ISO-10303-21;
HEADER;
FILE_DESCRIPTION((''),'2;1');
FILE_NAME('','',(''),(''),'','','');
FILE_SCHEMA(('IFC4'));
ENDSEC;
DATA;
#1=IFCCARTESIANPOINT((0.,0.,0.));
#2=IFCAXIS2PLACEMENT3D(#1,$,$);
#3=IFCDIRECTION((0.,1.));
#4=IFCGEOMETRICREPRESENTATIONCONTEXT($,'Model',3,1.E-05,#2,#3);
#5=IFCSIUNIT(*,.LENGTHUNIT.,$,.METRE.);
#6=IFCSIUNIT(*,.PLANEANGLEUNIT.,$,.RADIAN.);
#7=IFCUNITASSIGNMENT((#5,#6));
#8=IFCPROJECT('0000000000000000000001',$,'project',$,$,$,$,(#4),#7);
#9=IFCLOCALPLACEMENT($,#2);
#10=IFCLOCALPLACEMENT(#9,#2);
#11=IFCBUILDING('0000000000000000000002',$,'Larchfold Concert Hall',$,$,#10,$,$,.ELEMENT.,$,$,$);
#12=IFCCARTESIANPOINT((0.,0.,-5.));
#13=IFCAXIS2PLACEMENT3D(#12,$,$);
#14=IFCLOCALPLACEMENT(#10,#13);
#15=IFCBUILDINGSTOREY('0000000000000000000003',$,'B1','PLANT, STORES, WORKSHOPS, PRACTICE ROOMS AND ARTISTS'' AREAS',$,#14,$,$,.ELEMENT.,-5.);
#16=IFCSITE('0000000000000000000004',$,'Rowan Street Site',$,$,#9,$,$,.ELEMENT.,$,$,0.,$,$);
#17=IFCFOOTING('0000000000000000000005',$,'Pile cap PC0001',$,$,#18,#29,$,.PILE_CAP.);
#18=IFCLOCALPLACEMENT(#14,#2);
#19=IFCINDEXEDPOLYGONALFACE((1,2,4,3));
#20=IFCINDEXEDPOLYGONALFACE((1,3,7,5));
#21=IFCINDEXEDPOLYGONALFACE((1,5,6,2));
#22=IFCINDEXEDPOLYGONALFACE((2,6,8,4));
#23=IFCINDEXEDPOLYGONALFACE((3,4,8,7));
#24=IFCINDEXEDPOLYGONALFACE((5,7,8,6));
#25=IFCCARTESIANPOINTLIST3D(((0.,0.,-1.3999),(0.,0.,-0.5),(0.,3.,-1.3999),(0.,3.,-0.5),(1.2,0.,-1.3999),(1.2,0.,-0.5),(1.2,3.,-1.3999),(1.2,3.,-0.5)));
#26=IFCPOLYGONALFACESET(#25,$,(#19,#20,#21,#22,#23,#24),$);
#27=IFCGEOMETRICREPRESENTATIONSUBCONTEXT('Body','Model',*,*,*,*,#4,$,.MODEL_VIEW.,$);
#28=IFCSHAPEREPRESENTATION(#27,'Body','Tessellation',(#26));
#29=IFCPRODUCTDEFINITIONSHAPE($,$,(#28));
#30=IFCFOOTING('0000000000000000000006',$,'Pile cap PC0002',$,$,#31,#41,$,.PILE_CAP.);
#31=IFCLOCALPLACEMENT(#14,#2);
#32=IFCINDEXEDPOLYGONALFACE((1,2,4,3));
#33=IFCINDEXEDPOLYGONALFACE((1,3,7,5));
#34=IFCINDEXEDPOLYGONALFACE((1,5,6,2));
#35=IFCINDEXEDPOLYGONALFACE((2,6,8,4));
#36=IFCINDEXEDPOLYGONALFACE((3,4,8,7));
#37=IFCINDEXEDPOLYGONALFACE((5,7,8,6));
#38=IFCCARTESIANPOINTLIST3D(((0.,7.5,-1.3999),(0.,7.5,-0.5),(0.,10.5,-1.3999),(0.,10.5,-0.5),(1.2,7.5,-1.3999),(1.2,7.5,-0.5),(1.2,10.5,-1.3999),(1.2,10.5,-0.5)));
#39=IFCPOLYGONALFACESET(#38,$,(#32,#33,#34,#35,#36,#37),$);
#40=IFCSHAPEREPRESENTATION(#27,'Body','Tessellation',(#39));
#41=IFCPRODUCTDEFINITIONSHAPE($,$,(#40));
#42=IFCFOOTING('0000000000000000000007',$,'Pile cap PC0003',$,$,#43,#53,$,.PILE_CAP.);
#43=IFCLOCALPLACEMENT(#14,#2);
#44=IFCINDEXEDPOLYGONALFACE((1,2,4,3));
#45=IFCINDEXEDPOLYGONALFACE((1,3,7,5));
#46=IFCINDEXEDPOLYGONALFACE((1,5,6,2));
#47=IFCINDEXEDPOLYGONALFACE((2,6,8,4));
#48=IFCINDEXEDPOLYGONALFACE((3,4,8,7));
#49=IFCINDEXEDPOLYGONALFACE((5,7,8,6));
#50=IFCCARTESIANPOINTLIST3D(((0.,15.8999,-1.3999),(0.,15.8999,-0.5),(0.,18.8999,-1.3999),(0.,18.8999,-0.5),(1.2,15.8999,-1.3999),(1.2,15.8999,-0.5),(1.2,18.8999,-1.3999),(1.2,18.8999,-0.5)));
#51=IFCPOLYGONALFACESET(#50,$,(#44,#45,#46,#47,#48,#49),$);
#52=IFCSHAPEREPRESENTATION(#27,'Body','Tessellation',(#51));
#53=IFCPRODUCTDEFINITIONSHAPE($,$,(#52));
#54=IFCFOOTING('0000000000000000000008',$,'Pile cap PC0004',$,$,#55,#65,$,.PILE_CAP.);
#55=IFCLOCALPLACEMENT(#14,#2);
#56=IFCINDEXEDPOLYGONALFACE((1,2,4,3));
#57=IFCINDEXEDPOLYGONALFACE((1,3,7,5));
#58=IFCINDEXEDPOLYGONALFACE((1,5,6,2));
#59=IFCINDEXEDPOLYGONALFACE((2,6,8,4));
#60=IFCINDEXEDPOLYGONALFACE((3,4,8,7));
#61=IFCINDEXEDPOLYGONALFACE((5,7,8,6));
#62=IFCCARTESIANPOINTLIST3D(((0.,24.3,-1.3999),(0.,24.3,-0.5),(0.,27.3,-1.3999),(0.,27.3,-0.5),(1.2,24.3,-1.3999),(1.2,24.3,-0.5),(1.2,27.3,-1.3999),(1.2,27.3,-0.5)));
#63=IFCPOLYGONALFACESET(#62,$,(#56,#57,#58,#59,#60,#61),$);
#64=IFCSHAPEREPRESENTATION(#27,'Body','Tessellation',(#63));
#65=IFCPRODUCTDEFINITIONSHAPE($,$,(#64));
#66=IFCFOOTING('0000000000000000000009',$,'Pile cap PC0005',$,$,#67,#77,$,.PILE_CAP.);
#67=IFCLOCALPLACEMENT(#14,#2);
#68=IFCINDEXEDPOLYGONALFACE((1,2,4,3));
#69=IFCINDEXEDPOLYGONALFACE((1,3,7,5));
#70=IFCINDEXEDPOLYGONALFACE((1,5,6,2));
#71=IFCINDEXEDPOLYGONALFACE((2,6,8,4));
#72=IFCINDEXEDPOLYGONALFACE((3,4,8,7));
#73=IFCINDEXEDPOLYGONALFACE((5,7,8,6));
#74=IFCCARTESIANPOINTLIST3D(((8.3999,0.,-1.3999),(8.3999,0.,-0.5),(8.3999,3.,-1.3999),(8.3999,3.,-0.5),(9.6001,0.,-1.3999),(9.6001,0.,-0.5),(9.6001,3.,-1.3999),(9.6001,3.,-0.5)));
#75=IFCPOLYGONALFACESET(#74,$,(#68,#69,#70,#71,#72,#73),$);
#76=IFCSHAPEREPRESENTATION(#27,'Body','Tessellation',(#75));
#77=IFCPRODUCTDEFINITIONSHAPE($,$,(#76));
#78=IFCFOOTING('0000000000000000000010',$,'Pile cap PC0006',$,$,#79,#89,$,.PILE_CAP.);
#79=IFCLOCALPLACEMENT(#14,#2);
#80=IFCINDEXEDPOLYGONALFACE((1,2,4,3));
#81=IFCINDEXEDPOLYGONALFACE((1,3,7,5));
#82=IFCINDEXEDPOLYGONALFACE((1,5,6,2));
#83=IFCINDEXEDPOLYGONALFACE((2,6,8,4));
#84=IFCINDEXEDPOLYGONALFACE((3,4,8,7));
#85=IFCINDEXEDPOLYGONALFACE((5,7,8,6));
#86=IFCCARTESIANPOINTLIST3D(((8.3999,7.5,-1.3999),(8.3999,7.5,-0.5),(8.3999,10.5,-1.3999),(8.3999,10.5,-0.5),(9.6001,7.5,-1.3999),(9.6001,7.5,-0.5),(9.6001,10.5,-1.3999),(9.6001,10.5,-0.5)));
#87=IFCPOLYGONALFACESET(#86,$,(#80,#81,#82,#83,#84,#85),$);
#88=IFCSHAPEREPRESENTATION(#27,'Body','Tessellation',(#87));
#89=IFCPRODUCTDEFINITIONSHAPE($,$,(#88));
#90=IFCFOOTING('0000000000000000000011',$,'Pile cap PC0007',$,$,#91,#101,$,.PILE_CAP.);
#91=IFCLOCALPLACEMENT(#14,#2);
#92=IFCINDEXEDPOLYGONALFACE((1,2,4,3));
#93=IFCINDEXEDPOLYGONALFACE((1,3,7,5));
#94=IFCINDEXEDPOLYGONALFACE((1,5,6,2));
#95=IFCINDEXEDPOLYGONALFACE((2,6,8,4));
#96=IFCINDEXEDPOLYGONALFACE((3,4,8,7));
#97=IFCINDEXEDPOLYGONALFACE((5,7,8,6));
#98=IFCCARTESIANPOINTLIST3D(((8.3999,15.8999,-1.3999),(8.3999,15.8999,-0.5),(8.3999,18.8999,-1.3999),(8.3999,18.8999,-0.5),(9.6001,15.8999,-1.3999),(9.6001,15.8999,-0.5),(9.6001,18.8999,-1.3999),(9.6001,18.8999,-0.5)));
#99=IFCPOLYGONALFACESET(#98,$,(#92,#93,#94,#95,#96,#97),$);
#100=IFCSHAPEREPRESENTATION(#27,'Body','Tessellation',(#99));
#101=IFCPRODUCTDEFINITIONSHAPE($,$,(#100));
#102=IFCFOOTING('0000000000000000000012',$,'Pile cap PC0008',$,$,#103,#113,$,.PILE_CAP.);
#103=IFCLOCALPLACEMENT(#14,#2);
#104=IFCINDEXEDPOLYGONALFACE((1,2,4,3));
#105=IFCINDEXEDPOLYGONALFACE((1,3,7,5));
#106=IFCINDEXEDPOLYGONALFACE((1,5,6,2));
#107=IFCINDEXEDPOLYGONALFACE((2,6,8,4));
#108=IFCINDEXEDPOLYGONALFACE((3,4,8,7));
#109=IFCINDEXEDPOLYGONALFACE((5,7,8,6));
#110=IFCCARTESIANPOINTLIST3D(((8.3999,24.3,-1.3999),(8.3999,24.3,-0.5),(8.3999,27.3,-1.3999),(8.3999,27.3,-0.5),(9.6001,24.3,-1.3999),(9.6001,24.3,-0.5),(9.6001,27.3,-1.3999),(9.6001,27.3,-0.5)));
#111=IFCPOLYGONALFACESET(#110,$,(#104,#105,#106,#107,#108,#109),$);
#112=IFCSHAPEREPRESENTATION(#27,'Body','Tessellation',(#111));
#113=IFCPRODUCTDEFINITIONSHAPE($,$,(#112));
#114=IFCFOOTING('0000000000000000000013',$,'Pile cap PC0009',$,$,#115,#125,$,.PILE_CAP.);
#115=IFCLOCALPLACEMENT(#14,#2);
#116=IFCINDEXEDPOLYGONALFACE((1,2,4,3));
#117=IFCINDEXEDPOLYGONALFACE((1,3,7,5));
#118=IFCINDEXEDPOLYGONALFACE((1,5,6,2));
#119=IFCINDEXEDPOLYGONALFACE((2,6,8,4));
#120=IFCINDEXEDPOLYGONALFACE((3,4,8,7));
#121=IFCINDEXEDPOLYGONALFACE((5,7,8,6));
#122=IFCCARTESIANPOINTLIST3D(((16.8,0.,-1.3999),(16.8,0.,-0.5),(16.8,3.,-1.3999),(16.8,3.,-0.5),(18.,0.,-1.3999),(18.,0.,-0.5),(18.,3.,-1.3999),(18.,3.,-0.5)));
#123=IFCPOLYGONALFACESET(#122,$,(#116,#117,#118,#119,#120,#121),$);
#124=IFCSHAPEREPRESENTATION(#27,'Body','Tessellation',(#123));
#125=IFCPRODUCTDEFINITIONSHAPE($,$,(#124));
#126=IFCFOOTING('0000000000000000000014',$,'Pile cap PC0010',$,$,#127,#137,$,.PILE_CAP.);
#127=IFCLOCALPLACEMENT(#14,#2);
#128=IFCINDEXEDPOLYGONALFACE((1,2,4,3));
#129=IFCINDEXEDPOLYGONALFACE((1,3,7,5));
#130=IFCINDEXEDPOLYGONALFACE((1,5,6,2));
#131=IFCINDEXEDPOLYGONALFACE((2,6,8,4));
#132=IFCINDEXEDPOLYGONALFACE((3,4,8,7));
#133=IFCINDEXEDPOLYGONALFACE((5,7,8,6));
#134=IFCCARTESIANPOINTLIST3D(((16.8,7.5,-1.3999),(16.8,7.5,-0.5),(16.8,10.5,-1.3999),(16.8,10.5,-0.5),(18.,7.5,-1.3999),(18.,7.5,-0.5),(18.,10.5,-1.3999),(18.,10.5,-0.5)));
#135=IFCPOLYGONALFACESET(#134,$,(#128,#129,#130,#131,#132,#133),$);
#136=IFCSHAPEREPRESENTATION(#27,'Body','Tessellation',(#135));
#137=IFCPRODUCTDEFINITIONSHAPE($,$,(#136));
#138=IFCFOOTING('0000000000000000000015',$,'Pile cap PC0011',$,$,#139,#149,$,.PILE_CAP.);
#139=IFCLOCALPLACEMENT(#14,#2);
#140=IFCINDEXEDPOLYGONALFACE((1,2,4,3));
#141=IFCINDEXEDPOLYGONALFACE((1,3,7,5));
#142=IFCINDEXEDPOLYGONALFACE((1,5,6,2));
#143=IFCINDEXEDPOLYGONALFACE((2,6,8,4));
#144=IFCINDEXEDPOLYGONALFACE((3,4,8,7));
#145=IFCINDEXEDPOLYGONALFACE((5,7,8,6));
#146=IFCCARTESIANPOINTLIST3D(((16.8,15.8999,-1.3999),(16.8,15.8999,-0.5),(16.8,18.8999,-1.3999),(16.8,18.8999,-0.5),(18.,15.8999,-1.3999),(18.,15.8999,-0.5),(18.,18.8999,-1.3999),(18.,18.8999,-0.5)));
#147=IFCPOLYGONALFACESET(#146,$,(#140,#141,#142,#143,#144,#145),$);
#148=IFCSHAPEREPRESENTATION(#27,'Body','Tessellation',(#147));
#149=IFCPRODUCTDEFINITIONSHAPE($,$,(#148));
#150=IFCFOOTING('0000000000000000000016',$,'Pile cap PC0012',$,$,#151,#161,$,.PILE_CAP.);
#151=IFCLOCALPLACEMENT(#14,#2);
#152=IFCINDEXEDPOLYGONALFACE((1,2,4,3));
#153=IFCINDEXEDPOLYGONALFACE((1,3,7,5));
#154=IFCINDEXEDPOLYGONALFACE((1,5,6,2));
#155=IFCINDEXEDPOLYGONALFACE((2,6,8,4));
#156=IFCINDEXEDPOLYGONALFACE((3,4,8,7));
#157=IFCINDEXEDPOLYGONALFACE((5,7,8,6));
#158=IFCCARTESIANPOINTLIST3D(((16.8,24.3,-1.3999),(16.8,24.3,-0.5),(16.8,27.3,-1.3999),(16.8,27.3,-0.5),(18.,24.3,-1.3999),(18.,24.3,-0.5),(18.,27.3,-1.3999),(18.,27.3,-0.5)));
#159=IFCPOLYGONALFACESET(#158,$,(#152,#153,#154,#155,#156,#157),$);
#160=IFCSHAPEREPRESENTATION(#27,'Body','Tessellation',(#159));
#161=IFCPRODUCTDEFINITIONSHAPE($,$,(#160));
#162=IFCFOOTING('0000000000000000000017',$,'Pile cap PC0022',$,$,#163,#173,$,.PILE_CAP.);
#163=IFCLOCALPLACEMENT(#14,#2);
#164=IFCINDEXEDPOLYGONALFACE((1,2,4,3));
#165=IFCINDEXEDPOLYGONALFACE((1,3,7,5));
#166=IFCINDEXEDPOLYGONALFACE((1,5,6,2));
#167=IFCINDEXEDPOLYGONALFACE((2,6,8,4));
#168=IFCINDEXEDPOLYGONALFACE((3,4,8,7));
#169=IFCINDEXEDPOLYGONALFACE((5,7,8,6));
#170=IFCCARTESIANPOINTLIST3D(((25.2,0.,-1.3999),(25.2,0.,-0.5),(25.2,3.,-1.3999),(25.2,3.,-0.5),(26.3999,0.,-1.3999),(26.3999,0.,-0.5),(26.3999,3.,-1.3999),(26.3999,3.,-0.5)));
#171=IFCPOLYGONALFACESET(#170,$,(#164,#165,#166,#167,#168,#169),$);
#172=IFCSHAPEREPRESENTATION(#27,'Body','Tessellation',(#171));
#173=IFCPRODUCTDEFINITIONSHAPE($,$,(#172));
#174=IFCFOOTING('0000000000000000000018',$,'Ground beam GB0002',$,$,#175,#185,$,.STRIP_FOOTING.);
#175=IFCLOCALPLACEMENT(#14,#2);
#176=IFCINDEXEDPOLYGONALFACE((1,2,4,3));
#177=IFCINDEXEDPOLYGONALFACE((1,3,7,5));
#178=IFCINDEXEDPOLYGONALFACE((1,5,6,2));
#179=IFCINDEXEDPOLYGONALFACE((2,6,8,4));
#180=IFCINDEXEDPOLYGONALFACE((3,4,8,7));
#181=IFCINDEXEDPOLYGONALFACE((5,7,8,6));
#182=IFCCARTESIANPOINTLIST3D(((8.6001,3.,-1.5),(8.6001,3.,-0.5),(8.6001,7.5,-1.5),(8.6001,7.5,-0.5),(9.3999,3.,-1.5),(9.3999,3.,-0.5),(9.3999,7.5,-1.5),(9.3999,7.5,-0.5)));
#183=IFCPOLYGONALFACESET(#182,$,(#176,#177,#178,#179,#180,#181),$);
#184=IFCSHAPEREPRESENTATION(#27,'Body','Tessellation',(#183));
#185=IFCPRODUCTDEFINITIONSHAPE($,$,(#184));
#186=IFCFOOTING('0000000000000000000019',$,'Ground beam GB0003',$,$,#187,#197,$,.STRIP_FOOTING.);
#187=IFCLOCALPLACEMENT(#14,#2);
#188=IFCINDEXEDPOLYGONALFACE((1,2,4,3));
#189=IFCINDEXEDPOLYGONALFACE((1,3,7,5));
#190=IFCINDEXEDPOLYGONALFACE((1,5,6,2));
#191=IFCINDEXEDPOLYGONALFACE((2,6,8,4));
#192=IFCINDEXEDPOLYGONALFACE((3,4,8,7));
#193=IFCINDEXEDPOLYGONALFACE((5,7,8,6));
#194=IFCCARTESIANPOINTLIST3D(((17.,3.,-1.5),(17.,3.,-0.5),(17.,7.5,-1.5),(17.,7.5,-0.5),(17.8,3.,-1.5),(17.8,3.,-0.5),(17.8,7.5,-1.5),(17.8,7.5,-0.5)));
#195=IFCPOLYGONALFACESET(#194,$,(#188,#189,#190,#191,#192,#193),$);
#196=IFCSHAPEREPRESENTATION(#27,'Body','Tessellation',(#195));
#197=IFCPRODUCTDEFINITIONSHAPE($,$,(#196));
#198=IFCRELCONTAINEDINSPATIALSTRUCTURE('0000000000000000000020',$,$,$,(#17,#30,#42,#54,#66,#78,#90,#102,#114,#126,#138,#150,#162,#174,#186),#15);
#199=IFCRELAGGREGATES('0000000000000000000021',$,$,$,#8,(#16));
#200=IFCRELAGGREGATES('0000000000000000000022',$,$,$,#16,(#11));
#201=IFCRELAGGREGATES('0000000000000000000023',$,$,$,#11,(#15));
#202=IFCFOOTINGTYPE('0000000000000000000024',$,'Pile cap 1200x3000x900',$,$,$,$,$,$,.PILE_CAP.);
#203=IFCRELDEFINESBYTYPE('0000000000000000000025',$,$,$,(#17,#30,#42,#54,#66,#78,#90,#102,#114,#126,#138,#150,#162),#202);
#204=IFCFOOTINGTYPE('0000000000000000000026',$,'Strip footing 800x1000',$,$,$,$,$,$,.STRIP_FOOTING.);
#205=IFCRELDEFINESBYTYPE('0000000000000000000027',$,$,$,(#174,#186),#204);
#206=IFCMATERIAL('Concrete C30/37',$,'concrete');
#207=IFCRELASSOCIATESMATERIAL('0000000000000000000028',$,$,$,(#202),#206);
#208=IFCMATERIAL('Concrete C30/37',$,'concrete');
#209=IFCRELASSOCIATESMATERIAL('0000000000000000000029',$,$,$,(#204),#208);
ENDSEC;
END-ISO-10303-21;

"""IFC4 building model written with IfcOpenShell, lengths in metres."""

from ifc_helpers import new_model, si_unit, direction, frame, origin, place, context, subcontext, project, spatial, polyline, outline, extrude, material, type_object, element, save


model = new_model("IFC4")

# Units and contexts
model_context = context("Model", 3, precision=1e-05, world=origin(), true_north=direction((0.0, 1.0)))
body_context = subcontext(model_context, "Body", "Model", "MODEL_VIEW")
ifc_project = project(units=[si_unit("LENGTHUNIT", "METRE"), si_unit("PLANEANGLEUNIT", "RADIAN")], contexts=[model_context])

# Site, building, storey
site_placement = place(None, origin())
site = spatial("IfcSite", under=ifc_project, at=site_placement, Name="Rowan Street Site", CompositionType="ELEMENT", RefElevation=0.0)
building_placement = place(site_placement, origin())
building = spatial("IfcBuilding", under=site, at=building_placement, Name="Larchfold Concert Hall", CompositionType="ELEMENT")
storey_placement = place(building_placement, frame((0.0, 0.0, -5.0)))
storey = spatial("IfcBuildingStorey", under=building, at=storey_placement, Name="B1", Description="PLANT, STORES, WORKSHOPS, PRACTICE ROOMS AND ARTISTS' AREAS", CompositionType="ELEMENT", Elevation=-5.0)

# Footings
ifc_material_1 = material(Name="Concrete C30/37", Category="concrete")
footing_type_1 = type_object("IfcFootingType", Name="Pile cap 1200x3000x900", PredefinedType="PILE_CAP", material=ifc_material_1)
footing_1_placement = place(storey_placement, frame((0.0, 0.0, -1.3999)))
element("IfcFooting", 1, at=footing_1_placement, inside=storey, type_object=footing_type_1, Name="Pile cap PC0001", PredefinedType="PILE_CAP", context=body_context, shape_type="SweptSolid", body=[
    extrude(outline(polyline([(1.2, 0.0), (1.2, 3.0), (0.0, 3.0), (0.0, 0.0), (1.2, 0.0)])), origin(), (0.0, 0.0, 1.0), 0.8999),
])
footing_2_placement = place(storey_placement, frame((0.0, 0.0, -1.3999)))
element("IfcFooting", 2, at=footing_2_placement, inside=storey, type_object=footing_type_1, Name="Pile cap PC0002", PredefinedType="PILE_CAP", context=body_context, shape_type="SweptSolid", body=[
    extrude(outline(polyline([(1.2, 7.5), (1.2, 10.5), (0.0, 10.5), (0.0, 7.5), (1.2, 7.5)])), origin(), (0.0, 0.0, 1.0), 0.8999),
])
footing_3_placement = place(storey_placement, frame((0.0, 0.0, -1.3999)))
element("IfcFooting", 3, at=footing_3_placement, inside=storey, type_object=footing_type_1, Name="Pile cap PC0003", PredefinedType="PILE_CAP", context=body_context, shape_type="SweptSolid", body=[
    extrude(outline(polyline([(1.2, 15.8999), (1.2, 18.8999), (0.0, 18.8999), (0.0, 15.8999), (1.2, 15.8999)])), origin(), (0.0, 0.0, 1.0), 0.8999),
])
footing_4_placement = place(storey_placement, frame((0.0, 0.0, -1.3999)))
element("IfcFooting", 4, at=footing_4_placement, inside=storey, type_object=footing_type_1, Name="Pile cap PC0004", PredefinedType="PILE_CAP", context=body_context, shape_type="SweptSolid", body=[
    extrude(outline(polyline([(1.2, 24.3), (1.2, 27.3), (0.0, 27.3), (0.0, 24.3), (1.2, 24.3)])), origin(), (0.0, 0.0, 1.0), 0.8999),
])
footing_5_placement = place(storey_placement, frame((0.0, 0.0, -1.3999)))
element("IfcFooting", 5, at=footing_5_placement, inside=storey, type_object=footing_type_1, Name="Pile cap PC0005", PredefinedType="PILE_CAP", context=body_context, shape_type="SweptSolid", body=[
    extrude(outline(polyline([(9.6001, 0.0), (9.6001, 3.0), (8.3999, 3.0), (8.3999, 0.0), (9.6001, 0.0)])), origin(), (0.0, 0.0, 1.0), 0.8999),
])
footing_6_placement = place(storey_placement, frame((0.0, 0.0, -1.3999)))
element("IfcFooting", 6, at=footing_6_placement, inside=storey, type_object=footing_type_1, Name="Pile cap PC0006", PredefinedType="PILE_CAP", context=body_context, shape_type="SweptSolid", body=[
    extrude(outline(polyline([(9.6001, 7.5), (9.6001, 10.5), (8.3999, 10.5), (8.3999, 7.5), (9.6001, 7.5)])), origin(), (0.0, 0.0, 1.0), 0.8999),
])
footing_7_placement = place(storey_placement, frame((0.0, 0.0, -1.3999)))
element("IfcFooting", 7, at=footing_7_placement, inside=storey, type_object=footing_type_1, Name="Pile cap PC0007", PredefinedType="PILE_CAP", context=body_context, shape_type="SweptSolid", body=[
    extrude(outline(polyline([(9.6001, 15.8999), (9.6001, 18.8999), (8.3999, 18.8999), (8.3999, 15.8999), (9.6001, 15.8999)])), origin(), (0.0, 0.0, 1.0), 0.8999),
])
footing_8_placement = place(storey_placement, frame((0.0, 0.0, -1.3999)))
element("IfcFooting", 8, at=footing_8_placement, inside=storey, type_object=footing_type_1, Name="Pile cap PC0008", PredefinedType="PILE_CAP", context=body_context, shape_type="SweptSolid", body=[
    extrude(outline(polyline([(9.6001, 24.3), (9.6001, 27.3), (8.3999, 27.3), (8.3999, 24.3), (9.6001, 24.3)])), origin(), (0.0, 0.0, 1.0), 0.8999),
])
footing_9_placement = place(storey_placement, frame((0.0, 0.0, -1.3999)))
element("IfcFooting", 9, at=footing_9_placement, inside=storey, type_object=footing_type_1, Name="Pile cap PC0009", PredefinedType="PILE_CAP", context=body_context, shape_type="SweptSolid", body=[
    extrude(outline(polyline([(18.0, 0.0), (18.0, 3.0), (16.8, 3.0), (16.8, 0.0), (18.0, 0.0)])), origin(), (0.0, 0.0, 1.0), 0.8999),
])
footing_10_placement = place(storey_placement, frame((0.0, 0.0, -1.3999)))
element("IfcFooting", 10, at=footing_10_placement, inside=storey, type_object=footing_type_1, Name="Pile cap PC0010", PredefinedType="PILE_CAP", context=body_context, shape_type="SweptSolid", body=[
    extrude(outline(polyline([(18.0, 7.5), (18.0, 10.5), (16.8, 10.5), (16.8, 7.5), (18.0, 7.5)])), origin(), (0.0, 0.0, 1.0), 0.8999),
])
footing_11_placement = place(storey_placement, frame((0.0, 0.0, -1.3999)))
element("IfcFooting", 11, at=footing_11_placement, inside=storey, type_object=footing_type_1, Name="Pile cap PC0011", PredefinedType="PILE_CAP", context=body_context, shape_type="SweptSolid", body=[
    extrude(outline(polyline([(18.0, 15.8999), (18.0, 18.8999), (16.8, 18.8999), (16.8, 15.8999), (18.0, 15.8999)])), origin(), (0.0, 0.0, 1.0), 0.8999),
])
footing_12_placement = place(storey_placement, frame((0.0, 0.0, -1.3999)))
element("IfcFooting", 12, at=footing_12_placement, inside=storey, type_object=footing_type_1, Name="Pile cap PC0012", PredefinedType="PILE_CAP", context=body_context, shape_type="SweptSolid", body=[
    extrude(outline(polyline([(18.0, 24.3), (18.0, 27.3), (16.8, 27.3), (16.8, 24.3), (18.0, 24.3)])), origin(), (0.0, 0.0, 1.0), 0.8999),
])
footing_13_placement = place(storey_placement, frame((0.0, 0.0, -1.3999)))
element("IfcFooting", 13, at=footing_13_placement, inside=storey, type_object=footing_type_1, Name="Pile cap PC0022", PredefinedType="PILE_CAP", context=body_context, shape_type="SweptSolid", body=[
    extrude(outline(polyline([(26.3999, 0.0), (26.3999, 3.0), (25.2, 3.0), (25.2, 0.0), (26.3999, 0.0)])), origin(), (0.0, 0.0, 1.0), 0.8999),
])
ifc_material_2 = material(Name="Concrete C30/37", Category="concrete")
footing_type_2 = type_object("IfcFootingType", Name="Strip footing 800x1000", PredefinedType="STRIP_FOOTING", material=ifc_material_2)
footing_14_placement = place(storey_placement, frame((0.0, 0.0, -1.5)))
element("IfcFooting", 14, at=footing_14_placement, inside=storey, type_object=footing_type_2, Name="Ground beam GB0002", PredefinedType="STRIP_FOOTING", context=body_context, shape_type="SweptSolid", body=[
    extrude(outline(polyline([(8.6001, 3.0), (9.3999, 3.0), (9.3999, 7.5), (8.6001, 7.5), (8.6001, 3.0)])), origin(), (0.0, 0.0, 1.0), 1.0),
])
footing_15_placement = place(storey_placement, frame((0.0, 0.0, -1.5)))
element("IfcFooting", 15, at=footing_15_placement, inside=storey, type_object=footing_type_2, Name="Ground beam GB0003", PredefinedType="STRIP_FOOTING", context=body_context, shape_type="SweptSolid", body=[
    extrude(outline(polyline([(17.0, 3.0), (17.8, 3.0), (17.8, 7.5), (17.0, 7.5), (17.0, 3.0)])), origin(), (0.0, 0.0, 1.0), 1.0),
])

save(model, "model.ifc")
